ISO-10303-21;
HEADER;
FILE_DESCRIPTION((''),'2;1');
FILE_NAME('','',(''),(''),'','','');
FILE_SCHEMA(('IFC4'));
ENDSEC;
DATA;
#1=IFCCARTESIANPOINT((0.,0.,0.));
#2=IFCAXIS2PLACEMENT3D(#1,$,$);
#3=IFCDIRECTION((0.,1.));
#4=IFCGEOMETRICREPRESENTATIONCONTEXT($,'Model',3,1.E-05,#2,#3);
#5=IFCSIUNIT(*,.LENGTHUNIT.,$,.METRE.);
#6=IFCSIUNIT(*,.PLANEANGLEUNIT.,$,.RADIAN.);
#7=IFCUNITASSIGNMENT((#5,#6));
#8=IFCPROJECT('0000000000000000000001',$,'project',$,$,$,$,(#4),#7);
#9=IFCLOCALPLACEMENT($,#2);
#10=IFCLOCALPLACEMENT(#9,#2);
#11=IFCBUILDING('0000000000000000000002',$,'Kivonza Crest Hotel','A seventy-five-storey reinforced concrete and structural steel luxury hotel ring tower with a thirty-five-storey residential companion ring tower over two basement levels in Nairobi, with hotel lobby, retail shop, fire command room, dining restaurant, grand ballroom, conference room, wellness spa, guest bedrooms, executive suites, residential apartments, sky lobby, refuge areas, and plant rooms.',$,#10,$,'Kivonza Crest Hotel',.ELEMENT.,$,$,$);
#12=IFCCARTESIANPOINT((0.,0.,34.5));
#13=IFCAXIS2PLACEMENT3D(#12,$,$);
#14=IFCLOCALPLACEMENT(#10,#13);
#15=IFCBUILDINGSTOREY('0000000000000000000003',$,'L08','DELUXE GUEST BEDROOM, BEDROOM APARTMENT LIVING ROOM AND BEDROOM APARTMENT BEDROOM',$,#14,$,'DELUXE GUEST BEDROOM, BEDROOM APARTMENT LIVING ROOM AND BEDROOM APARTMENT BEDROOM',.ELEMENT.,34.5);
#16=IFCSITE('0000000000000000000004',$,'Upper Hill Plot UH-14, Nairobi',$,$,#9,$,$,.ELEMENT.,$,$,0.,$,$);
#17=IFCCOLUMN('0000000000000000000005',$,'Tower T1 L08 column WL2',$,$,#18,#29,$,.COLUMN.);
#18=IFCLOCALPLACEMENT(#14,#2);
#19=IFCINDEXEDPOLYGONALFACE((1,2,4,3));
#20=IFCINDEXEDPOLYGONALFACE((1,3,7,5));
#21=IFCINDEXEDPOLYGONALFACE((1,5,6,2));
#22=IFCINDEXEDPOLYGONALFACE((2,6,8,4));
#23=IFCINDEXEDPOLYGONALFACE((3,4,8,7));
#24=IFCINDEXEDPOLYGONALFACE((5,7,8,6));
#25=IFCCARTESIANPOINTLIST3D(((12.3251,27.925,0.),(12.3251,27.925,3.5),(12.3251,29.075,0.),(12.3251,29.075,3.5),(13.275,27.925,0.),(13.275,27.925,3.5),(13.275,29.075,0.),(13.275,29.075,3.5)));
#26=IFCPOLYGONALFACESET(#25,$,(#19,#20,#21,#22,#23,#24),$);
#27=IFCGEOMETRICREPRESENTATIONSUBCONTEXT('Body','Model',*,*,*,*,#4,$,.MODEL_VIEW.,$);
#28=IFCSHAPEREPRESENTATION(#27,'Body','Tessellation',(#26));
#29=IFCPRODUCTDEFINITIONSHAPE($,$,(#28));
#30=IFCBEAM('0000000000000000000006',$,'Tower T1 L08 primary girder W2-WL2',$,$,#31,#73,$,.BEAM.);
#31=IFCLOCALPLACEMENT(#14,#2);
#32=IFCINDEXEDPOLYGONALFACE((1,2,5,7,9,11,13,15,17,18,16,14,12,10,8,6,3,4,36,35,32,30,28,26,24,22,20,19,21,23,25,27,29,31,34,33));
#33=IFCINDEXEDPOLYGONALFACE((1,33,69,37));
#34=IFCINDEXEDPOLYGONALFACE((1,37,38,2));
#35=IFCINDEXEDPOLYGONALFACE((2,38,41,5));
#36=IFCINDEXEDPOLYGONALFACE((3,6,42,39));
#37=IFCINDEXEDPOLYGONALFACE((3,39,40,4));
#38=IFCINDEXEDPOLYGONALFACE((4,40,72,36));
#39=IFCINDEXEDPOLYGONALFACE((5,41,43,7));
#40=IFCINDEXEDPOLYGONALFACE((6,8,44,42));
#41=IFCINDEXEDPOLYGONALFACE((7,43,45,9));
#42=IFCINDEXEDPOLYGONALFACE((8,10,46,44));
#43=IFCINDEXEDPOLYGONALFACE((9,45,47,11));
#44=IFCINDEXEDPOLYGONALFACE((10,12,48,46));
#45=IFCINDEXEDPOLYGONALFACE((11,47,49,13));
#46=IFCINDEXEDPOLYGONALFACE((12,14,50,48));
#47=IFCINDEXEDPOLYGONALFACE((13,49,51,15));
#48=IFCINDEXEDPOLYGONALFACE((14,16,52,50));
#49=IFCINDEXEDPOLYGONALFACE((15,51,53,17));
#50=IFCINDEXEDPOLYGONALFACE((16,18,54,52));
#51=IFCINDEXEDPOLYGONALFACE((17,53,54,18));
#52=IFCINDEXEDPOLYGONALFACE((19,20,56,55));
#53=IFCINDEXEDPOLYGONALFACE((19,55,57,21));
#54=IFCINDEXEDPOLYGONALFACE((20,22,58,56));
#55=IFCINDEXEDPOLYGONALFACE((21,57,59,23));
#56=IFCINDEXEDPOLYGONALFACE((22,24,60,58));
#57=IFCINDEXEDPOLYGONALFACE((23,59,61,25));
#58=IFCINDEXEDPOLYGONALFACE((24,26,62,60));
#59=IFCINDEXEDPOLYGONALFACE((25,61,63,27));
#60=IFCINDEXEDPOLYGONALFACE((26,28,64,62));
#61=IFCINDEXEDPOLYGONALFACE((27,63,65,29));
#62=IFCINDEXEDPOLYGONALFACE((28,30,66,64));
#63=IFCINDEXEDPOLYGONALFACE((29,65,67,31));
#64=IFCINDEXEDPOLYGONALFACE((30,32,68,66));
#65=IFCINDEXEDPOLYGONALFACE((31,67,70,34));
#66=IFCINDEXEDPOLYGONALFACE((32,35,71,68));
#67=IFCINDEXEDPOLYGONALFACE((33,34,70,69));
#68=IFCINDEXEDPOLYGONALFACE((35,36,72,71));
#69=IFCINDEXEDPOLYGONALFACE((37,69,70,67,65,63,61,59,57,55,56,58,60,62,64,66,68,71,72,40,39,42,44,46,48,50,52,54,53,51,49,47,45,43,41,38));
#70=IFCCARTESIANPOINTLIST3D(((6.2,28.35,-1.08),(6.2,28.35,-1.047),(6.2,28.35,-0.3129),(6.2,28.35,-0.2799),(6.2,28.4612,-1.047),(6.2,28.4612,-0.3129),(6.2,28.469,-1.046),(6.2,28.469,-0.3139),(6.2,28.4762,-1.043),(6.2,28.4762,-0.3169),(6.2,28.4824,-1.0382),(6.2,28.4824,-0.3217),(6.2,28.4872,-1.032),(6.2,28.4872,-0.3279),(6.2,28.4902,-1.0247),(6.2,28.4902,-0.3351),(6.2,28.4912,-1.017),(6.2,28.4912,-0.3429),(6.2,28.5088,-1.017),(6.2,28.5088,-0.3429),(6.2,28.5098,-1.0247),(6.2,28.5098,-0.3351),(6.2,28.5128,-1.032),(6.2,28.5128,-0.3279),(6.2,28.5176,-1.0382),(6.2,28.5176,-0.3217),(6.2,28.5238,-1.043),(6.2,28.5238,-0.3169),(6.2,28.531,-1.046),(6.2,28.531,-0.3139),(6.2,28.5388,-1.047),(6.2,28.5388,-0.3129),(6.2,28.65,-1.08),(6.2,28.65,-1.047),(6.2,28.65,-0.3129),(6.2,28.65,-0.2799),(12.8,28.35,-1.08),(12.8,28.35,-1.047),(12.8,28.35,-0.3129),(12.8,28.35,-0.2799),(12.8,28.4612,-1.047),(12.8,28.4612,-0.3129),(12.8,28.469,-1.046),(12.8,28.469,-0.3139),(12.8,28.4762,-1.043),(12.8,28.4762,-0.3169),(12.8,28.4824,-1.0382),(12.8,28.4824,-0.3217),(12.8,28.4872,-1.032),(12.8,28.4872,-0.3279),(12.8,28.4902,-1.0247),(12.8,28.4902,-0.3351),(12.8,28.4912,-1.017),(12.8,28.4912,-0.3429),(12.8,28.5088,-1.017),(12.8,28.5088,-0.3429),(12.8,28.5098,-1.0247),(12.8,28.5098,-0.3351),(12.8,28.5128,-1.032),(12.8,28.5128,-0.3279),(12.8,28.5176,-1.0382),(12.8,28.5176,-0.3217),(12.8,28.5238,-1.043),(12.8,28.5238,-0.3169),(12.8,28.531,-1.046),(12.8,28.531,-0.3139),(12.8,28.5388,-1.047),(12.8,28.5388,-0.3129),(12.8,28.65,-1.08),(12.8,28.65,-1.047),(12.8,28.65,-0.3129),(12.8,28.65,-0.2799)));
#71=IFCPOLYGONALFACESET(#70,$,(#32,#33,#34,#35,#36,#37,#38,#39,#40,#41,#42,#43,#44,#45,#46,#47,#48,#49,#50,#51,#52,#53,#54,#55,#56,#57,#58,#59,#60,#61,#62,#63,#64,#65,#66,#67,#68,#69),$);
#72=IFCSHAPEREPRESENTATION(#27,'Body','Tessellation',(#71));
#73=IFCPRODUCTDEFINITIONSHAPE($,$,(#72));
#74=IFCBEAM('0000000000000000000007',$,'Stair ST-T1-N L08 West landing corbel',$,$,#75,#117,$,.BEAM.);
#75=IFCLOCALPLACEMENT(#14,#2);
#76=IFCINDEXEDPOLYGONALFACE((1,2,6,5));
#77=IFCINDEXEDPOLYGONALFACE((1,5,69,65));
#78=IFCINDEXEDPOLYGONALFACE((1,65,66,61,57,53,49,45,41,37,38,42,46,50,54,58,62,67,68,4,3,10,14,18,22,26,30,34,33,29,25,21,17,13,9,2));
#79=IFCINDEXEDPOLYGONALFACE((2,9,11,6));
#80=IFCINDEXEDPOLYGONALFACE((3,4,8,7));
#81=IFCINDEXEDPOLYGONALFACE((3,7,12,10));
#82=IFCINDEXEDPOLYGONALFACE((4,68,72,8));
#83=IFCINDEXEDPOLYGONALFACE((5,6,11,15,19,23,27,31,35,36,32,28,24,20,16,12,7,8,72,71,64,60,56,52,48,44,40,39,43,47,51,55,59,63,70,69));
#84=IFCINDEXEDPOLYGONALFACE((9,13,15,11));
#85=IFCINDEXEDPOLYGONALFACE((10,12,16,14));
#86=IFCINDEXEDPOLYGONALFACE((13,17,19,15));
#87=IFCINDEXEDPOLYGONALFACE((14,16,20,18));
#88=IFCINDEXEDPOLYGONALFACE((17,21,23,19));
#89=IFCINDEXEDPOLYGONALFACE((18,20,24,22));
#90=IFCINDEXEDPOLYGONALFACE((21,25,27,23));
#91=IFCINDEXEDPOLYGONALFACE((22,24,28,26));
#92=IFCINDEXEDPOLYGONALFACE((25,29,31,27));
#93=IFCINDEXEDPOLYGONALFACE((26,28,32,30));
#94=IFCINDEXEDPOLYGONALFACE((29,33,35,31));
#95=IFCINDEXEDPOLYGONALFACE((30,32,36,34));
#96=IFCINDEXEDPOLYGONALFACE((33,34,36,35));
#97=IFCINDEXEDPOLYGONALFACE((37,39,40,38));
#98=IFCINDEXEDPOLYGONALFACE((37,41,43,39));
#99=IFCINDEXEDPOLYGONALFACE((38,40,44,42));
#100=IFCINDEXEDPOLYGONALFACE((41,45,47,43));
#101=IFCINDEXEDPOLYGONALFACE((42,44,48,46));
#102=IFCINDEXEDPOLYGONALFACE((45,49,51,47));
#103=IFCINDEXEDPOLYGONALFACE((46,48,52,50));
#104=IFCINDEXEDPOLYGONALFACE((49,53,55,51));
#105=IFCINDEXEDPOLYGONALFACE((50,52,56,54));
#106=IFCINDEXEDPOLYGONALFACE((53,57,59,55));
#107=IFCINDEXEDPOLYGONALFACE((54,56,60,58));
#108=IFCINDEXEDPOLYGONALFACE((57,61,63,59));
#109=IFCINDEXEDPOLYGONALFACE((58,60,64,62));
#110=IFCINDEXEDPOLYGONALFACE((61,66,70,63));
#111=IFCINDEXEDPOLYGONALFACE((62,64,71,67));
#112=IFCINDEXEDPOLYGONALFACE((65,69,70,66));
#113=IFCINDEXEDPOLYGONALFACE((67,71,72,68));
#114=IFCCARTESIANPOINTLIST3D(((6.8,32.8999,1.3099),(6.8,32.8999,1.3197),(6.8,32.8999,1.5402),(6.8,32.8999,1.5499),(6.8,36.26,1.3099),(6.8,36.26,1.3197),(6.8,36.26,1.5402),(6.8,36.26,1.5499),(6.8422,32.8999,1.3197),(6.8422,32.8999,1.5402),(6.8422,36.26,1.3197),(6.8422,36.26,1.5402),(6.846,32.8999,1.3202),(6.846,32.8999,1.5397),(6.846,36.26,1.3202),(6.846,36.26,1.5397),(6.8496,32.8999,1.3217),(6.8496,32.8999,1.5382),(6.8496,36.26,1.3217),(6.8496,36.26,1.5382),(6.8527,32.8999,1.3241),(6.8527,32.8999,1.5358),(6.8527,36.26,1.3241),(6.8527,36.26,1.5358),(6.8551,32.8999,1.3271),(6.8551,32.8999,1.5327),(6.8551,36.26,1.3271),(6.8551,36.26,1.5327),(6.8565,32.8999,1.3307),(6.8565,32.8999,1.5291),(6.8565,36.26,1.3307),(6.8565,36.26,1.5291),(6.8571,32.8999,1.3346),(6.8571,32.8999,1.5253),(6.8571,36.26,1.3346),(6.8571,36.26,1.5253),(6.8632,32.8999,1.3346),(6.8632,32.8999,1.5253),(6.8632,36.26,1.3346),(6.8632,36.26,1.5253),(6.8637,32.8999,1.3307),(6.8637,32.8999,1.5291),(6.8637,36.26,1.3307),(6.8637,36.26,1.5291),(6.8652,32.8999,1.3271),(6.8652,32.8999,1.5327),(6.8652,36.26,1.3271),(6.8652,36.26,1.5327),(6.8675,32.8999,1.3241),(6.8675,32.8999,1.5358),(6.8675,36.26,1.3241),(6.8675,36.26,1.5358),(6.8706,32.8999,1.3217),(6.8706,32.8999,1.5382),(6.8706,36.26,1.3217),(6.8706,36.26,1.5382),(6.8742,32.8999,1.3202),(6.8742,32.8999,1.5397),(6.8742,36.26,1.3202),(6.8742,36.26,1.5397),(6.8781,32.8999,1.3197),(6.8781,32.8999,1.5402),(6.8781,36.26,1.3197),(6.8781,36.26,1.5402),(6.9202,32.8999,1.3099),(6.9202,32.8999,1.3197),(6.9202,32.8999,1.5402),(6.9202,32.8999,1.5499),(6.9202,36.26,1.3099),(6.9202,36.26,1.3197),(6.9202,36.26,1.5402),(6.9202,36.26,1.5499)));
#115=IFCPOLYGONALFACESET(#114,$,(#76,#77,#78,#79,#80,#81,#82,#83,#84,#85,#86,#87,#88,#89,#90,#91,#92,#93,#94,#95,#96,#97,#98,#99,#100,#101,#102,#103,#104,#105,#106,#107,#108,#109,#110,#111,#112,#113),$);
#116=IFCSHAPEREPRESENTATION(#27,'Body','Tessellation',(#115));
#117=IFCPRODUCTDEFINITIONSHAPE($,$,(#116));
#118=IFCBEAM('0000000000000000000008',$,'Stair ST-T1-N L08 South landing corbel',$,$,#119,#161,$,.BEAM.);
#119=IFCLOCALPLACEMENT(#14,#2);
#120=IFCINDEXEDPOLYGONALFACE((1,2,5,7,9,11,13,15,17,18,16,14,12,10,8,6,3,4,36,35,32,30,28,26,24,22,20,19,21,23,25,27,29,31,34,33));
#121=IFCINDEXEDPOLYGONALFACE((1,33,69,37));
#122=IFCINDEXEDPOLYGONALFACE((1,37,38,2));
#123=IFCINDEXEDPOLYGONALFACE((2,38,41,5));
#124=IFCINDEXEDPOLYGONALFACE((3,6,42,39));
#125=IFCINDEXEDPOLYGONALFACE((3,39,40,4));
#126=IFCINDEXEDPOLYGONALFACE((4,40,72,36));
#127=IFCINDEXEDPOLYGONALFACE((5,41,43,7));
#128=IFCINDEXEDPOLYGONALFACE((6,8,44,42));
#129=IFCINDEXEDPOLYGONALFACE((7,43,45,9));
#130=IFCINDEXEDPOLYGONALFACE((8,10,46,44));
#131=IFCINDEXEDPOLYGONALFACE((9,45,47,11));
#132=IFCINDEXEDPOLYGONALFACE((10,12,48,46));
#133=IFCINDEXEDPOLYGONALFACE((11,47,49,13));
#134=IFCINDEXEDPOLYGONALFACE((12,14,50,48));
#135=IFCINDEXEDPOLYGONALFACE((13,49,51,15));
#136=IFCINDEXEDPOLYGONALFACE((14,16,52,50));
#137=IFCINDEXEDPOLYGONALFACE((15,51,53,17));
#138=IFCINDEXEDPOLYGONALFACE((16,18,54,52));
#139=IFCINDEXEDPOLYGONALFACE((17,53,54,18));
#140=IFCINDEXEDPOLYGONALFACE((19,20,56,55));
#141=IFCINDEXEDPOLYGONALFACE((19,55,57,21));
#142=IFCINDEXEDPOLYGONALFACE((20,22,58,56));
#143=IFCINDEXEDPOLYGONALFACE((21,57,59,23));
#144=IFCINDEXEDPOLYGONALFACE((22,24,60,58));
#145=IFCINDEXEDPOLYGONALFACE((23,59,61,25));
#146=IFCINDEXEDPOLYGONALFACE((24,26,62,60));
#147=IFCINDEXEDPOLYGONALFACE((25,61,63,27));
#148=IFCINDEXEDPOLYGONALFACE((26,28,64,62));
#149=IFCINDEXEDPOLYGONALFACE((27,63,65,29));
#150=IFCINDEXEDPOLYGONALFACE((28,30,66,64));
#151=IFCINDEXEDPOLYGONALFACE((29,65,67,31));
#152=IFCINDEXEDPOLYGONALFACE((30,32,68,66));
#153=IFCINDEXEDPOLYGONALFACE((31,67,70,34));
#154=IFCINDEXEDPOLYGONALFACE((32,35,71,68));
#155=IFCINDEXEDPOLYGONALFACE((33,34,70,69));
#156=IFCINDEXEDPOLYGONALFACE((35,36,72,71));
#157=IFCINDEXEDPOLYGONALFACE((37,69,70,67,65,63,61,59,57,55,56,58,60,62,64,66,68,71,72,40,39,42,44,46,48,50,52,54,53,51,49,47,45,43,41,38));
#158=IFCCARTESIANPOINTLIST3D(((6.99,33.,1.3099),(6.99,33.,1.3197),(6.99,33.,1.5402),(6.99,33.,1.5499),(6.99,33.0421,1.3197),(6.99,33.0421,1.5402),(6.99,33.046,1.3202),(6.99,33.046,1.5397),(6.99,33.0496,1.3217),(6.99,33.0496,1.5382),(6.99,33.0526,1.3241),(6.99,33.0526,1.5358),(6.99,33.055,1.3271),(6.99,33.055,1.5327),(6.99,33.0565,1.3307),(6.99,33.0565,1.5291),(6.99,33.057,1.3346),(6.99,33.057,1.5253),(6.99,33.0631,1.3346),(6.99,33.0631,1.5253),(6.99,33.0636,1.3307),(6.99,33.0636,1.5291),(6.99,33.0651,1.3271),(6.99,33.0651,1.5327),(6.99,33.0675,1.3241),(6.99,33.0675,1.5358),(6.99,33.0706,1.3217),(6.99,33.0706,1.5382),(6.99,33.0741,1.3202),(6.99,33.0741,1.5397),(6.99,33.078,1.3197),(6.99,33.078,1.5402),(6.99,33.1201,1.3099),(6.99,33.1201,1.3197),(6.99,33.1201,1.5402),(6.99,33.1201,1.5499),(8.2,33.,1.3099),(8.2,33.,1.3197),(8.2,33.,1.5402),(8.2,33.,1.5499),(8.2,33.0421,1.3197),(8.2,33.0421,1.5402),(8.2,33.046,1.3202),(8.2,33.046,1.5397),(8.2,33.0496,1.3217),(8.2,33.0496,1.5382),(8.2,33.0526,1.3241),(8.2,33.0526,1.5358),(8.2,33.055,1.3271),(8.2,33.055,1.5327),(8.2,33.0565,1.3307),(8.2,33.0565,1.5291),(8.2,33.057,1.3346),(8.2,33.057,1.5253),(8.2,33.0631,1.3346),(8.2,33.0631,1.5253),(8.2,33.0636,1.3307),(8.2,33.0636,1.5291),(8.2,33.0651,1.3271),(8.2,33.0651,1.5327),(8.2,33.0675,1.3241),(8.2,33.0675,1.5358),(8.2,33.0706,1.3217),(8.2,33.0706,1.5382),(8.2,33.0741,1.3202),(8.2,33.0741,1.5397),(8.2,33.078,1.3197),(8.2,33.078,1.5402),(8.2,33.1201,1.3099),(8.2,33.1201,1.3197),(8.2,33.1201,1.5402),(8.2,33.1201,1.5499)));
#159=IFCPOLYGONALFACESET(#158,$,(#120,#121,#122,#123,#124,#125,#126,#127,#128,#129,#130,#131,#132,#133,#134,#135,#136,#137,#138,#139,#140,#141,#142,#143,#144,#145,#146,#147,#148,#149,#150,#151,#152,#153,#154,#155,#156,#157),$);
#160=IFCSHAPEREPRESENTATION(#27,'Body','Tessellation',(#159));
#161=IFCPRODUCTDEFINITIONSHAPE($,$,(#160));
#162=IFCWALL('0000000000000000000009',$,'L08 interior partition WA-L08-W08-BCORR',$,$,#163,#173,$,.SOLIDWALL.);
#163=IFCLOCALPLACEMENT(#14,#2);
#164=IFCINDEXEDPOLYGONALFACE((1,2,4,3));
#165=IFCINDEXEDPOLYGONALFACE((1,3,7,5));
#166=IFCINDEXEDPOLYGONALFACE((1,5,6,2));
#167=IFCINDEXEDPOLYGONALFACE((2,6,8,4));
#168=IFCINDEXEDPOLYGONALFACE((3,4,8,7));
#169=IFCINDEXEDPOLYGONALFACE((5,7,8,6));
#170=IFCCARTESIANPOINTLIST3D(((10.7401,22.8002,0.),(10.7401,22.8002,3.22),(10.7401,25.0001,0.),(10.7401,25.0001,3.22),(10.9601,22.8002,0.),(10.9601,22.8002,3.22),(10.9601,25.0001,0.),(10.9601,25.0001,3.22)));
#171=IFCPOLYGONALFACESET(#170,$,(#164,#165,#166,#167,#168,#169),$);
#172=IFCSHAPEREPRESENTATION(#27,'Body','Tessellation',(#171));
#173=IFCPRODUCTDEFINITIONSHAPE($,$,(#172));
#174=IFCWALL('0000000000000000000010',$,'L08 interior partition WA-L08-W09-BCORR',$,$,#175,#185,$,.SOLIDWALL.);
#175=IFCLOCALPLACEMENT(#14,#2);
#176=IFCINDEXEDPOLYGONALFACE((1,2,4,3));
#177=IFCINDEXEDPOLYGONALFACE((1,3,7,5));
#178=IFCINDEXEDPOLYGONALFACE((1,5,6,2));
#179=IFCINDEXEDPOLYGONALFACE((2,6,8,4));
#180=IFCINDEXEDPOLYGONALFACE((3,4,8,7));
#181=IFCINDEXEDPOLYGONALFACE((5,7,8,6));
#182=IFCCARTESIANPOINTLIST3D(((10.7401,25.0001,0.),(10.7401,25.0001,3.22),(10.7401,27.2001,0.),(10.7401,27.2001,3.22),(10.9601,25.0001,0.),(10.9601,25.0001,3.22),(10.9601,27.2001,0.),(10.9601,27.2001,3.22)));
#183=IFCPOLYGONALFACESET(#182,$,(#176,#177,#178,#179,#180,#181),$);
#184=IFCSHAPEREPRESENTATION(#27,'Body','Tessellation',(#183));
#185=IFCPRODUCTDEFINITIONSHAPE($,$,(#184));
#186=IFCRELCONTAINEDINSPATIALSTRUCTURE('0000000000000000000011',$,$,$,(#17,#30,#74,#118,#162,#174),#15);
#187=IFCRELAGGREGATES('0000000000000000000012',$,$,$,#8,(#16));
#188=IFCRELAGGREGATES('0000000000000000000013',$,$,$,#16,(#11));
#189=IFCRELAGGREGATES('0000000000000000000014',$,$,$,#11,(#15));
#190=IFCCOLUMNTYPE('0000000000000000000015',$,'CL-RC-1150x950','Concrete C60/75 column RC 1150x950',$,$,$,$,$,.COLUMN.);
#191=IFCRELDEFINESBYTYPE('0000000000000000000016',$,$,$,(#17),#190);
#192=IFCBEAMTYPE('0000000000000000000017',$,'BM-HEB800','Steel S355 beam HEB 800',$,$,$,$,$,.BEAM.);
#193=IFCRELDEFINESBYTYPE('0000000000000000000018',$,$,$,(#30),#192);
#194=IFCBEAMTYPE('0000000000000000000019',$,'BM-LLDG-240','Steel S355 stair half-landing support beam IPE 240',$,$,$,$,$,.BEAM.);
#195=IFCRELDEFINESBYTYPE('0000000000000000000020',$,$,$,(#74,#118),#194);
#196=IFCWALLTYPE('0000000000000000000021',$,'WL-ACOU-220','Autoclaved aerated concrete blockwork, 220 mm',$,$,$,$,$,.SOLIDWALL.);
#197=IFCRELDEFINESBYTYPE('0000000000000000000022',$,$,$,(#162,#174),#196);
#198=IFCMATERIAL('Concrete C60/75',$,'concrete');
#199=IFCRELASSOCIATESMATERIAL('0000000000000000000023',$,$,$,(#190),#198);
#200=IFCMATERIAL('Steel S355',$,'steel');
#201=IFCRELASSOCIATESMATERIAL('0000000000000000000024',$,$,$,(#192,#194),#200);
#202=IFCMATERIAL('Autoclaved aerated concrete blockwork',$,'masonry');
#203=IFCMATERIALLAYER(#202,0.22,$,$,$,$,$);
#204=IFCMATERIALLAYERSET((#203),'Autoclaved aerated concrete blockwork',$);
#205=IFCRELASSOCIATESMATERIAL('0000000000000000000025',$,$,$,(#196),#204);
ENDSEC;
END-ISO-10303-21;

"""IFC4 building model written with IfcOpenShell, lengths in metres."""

from ifc_helpers import new_model, si_unit, direction, frame, frame_2d, origin, origin_2d, place, context, subcontext, project, spatial, rectangle, i_section, extrude, material, layer, layer_set, material_profile, profile_set, type_object, element, save


model = new_model("IFC4")

# Units and contexts
model_context = context("Model", 3, precision=1e-05, world=origin(), true_north=direction((0.0, 1.0)))
body_context = subcontext(model_context, "Body", "Model", "MODEL_VIEW")
ifc_project = project(units=[si_unit("LENGTHUNIT", "METRE"), si_unit("PLANEANGLEUNIT", "RADIAN")], contexts=[model_context])

# Site, building, storey
site_placement = place(None, origin())
site = spatial("IfcSite", under=ifc_project, at=site_placement, Name="Upper Hill Plot UH-14, Nairobi", CompositionType="ELEMENT", RefElevation=0.0)
building_placement = place(site_placement, origin())
building = spatial("IfcBuilding", under=site, at=building_placement, Name="Kivonza Crest Hotel", Description="A seventy-five-storey reinforced concrete and structural steel luxury hotel ring tower with a thirty-five-storey residential companion ring tower over two basement levels in Nairobi, with hotel lobby, retail shop, fire command room, dining restaurant, grand ballroom, conference room, wellness spa, guest bedrooms, executive suites, residential apartments, sky lobby, refuge areas, and plant rooms.", LongName="Kivonza Crest Hotel", CompositionType="ELEMENT")
storey_placement = place(building_placement, frame((0.0, 0.0, 34.5)))
storey = spatial("IfcBuildingStorey", under=building, at=storey_placement, Name="L08", Description="DELUXE GUEST BEDROOM, BEDROOM APARTMENT LIVING ROOM AND BEDROOM APARTMENT BEDROOM", LongName="DELUXE GUEST BEDROOM, BEDROOM APARTMENT LIVING ROOM AND BEDROOM APARTMENT BEDROOM", CompositionType="ELEMENT", Elevation=34.5)

# Column
ifc_material_1 = material(Name="Concrete C60/75", Category="concrete")
ifc_material_profile_1 = material_profile(ifc_material_1, rectangle(XDim=0.95, YDim=1.1499, at=origin_2d()), Name="RC 1150x950")
ifc_profile_set_1 = profile_set([ifc_material_profile_1], Name="Concrete C60/75")
column_type = type_object("IfcColumnType", Name="CL-RC-1150x950", Description="Concrete C60/75 column RC 1150x950", PredefinedType="COLUMN", material=ifc_profile_set_1)
column_placement = place(storey_placement, frame((12.8, 28.5, 0.0), z_axis=(0.0, 0.0, 1.0), x_axis=(1.0, 0.0, 0.0)))
element("IfcColumn", 1, at=column_placement, inside=storey, type_object=column_type, Name="Tower T1 L08 column WL2", PredefinedType="COLUMN", context=body_context, shape_type="SweptSolid", body=[
    extrude(rectangle(XDim=0.95, YDim=1.1499, at=origin_2d()), origin(), (0.0, 0.0, 1.0), 3.5),
])

# Beams
ifc_material_2 = material(Name="Steel S355", Category="steel")
ifc_material_profile_2 = material_profile(ifc_material_2, i_section(OverallWidth=0.3, OverallDepth=0.8, WebThickness=0.0176, FlangeThickness=0.033, FilletRadius=0.03, at=origin_2d()), Name="HEB 800")
ifc_profile_set_2 = profile_set([ifc_material_profile_2], Name="Steel S355")
beam_type_1 = type_object("IfcBeamType", Name="BM-HEB800", Description="Steel S355 beam HEB 800", PredefinedType="BEAM", material=ifc_profile_set_2)
beam_1_placement = place(storey_placement, frame((6.2, 28.5, -0.6799), z_axis=(1.0, 0.0, 0.0), x_axis=(0.0, 1.0, 0.0)))
element("IfcBeam", 2, at=beam_1_placement, inside=storey, type_object=beam_type_1, Name="Tower T1 L08 primary girder W2-WL2", PredefinedType="BEAM", context=body_context, shape_type="SweptSolid", body=[
    extrude(i_section(OverallWidth=0.3, OverallDepth=0.8, WebThickness=0.0176, FlangeThickness=0.033, FilletRadius=0.03, at=origin_2d()), origin(), (0.0, 0.0, 1.0), 6.6001),
])
ifc_material_profile_3 = material_profile(ifc_material_2, i_section(OverallWidth=0.1201, OverallDepth=0.24, WebThickness=0.0061, FlangeThickness=0.0098, FilletRadius=0.0149, at=origin_2d()), Name="IPE 240")
ifc_profile_set_3 = profile_set([ifc_material_profile_3], Name="Steel S355")
beam_type_2 = type_object("IfcBeamType", Name="BM-LLDG-240", Description="Steel S355 stair half-landing support beam IPE 240", PredefinedType="BEAM", material=ifc_profile_set_3)
beam_2_placement = place(storey_placement, frame((6.8601, 32.8999, 1.4299), z_axis=(0.0, 1.0, 0.0), x_axis=(-1.0, 0.0, 0.0)))
element("IfcBeam", 3, at=beam_2_placement, inside=storey, type_object=beam_type_2, Name="Stair ST-T1-N L08 West landing corbel", PredefinedType="BEAM", context=body_context, shape_type="SweptSolid", body=[
    extrude(i_section(OverallWidth=0.1201, OverallDepth=0.24, WebThickness=0.0061, FlangeThickness=0.0098, FilletRadius=0.0149, at=origin_2d()), origin(), (0.0, 0.0, 1.0), 3.3601),
])
beam_3_placement = place(storey_placement, frame((6.99, 33.0601, 1.4299), z_axis=(1.0, 0.0, 0.0), x_axis=(0.0, 1.0, 0.0)))
element("IfcBeam", 4, at=beam_3_placement, inside=storey, type_object=beam_type_2, Name="Stair ST-T1-N L08 South landing corbel", PredefinedType="BEAM", context=body_context, shape_type="SweptSolid", body=[
    extrude(i_section(OverallWidth=0.1201, OverallDepth=0.24, WebThickness=0.0061, FlangeThickness=0.0098, FilletRadius=0.0149, at=origin_2d()), origin(), (0.0, 0.0, 1.0), 1.21),
])

# Walls
ifc_material_3 = material(Name="Autoclaved aerated concrete blockwork", Category="masonry")
ifc_layer_1 = layer(ifc_material_3, 0.22)
ifc_layer_set_1 = layer_set([ifc_layer_1], Name="Autoclaved aerated concrete blockwork")
wall_type_1 = type_object("IfcWallType", Name="WL-ACOU-220", Description="Autoclaved aerated concrete blockwork, 220 mm", PredefinedType="SOLIDWALL", material=ifc_layer_set_1)
for number, where, z_axis, x_axis, name in (
    (5, (10.8501, 22.8, 0.0), (0.0, 0.0, 1.0), (0.0, 1.0, 0.0), "L08 interior partition WA-L08-W08-BCORR"),
    (6, (10.8501, 25.0, 0.0), (0.0, 0.0, 1.0), (0.0, 1.0, 0.0), "L08 interior partition WA-L08-W09-BCORR"),
):
    element("IfcWall", number, at=place(storey_placement, frame(where, z_axis=z_axis, x_axis=x_axis)), inside=storey, type_object=wall_type_1, Name=name, PredefinedType="SOLIDWALL", context=body_context, shape_type="SweptSolid", body=[
        extrude(rectangle(XDim=2.2, YDim=0.22, at=frame_2d((1.1001, 0.0))), origin(), (0.0, 0.0, 1.0), 3.22),
    ])

save(model, "model.ifc")
